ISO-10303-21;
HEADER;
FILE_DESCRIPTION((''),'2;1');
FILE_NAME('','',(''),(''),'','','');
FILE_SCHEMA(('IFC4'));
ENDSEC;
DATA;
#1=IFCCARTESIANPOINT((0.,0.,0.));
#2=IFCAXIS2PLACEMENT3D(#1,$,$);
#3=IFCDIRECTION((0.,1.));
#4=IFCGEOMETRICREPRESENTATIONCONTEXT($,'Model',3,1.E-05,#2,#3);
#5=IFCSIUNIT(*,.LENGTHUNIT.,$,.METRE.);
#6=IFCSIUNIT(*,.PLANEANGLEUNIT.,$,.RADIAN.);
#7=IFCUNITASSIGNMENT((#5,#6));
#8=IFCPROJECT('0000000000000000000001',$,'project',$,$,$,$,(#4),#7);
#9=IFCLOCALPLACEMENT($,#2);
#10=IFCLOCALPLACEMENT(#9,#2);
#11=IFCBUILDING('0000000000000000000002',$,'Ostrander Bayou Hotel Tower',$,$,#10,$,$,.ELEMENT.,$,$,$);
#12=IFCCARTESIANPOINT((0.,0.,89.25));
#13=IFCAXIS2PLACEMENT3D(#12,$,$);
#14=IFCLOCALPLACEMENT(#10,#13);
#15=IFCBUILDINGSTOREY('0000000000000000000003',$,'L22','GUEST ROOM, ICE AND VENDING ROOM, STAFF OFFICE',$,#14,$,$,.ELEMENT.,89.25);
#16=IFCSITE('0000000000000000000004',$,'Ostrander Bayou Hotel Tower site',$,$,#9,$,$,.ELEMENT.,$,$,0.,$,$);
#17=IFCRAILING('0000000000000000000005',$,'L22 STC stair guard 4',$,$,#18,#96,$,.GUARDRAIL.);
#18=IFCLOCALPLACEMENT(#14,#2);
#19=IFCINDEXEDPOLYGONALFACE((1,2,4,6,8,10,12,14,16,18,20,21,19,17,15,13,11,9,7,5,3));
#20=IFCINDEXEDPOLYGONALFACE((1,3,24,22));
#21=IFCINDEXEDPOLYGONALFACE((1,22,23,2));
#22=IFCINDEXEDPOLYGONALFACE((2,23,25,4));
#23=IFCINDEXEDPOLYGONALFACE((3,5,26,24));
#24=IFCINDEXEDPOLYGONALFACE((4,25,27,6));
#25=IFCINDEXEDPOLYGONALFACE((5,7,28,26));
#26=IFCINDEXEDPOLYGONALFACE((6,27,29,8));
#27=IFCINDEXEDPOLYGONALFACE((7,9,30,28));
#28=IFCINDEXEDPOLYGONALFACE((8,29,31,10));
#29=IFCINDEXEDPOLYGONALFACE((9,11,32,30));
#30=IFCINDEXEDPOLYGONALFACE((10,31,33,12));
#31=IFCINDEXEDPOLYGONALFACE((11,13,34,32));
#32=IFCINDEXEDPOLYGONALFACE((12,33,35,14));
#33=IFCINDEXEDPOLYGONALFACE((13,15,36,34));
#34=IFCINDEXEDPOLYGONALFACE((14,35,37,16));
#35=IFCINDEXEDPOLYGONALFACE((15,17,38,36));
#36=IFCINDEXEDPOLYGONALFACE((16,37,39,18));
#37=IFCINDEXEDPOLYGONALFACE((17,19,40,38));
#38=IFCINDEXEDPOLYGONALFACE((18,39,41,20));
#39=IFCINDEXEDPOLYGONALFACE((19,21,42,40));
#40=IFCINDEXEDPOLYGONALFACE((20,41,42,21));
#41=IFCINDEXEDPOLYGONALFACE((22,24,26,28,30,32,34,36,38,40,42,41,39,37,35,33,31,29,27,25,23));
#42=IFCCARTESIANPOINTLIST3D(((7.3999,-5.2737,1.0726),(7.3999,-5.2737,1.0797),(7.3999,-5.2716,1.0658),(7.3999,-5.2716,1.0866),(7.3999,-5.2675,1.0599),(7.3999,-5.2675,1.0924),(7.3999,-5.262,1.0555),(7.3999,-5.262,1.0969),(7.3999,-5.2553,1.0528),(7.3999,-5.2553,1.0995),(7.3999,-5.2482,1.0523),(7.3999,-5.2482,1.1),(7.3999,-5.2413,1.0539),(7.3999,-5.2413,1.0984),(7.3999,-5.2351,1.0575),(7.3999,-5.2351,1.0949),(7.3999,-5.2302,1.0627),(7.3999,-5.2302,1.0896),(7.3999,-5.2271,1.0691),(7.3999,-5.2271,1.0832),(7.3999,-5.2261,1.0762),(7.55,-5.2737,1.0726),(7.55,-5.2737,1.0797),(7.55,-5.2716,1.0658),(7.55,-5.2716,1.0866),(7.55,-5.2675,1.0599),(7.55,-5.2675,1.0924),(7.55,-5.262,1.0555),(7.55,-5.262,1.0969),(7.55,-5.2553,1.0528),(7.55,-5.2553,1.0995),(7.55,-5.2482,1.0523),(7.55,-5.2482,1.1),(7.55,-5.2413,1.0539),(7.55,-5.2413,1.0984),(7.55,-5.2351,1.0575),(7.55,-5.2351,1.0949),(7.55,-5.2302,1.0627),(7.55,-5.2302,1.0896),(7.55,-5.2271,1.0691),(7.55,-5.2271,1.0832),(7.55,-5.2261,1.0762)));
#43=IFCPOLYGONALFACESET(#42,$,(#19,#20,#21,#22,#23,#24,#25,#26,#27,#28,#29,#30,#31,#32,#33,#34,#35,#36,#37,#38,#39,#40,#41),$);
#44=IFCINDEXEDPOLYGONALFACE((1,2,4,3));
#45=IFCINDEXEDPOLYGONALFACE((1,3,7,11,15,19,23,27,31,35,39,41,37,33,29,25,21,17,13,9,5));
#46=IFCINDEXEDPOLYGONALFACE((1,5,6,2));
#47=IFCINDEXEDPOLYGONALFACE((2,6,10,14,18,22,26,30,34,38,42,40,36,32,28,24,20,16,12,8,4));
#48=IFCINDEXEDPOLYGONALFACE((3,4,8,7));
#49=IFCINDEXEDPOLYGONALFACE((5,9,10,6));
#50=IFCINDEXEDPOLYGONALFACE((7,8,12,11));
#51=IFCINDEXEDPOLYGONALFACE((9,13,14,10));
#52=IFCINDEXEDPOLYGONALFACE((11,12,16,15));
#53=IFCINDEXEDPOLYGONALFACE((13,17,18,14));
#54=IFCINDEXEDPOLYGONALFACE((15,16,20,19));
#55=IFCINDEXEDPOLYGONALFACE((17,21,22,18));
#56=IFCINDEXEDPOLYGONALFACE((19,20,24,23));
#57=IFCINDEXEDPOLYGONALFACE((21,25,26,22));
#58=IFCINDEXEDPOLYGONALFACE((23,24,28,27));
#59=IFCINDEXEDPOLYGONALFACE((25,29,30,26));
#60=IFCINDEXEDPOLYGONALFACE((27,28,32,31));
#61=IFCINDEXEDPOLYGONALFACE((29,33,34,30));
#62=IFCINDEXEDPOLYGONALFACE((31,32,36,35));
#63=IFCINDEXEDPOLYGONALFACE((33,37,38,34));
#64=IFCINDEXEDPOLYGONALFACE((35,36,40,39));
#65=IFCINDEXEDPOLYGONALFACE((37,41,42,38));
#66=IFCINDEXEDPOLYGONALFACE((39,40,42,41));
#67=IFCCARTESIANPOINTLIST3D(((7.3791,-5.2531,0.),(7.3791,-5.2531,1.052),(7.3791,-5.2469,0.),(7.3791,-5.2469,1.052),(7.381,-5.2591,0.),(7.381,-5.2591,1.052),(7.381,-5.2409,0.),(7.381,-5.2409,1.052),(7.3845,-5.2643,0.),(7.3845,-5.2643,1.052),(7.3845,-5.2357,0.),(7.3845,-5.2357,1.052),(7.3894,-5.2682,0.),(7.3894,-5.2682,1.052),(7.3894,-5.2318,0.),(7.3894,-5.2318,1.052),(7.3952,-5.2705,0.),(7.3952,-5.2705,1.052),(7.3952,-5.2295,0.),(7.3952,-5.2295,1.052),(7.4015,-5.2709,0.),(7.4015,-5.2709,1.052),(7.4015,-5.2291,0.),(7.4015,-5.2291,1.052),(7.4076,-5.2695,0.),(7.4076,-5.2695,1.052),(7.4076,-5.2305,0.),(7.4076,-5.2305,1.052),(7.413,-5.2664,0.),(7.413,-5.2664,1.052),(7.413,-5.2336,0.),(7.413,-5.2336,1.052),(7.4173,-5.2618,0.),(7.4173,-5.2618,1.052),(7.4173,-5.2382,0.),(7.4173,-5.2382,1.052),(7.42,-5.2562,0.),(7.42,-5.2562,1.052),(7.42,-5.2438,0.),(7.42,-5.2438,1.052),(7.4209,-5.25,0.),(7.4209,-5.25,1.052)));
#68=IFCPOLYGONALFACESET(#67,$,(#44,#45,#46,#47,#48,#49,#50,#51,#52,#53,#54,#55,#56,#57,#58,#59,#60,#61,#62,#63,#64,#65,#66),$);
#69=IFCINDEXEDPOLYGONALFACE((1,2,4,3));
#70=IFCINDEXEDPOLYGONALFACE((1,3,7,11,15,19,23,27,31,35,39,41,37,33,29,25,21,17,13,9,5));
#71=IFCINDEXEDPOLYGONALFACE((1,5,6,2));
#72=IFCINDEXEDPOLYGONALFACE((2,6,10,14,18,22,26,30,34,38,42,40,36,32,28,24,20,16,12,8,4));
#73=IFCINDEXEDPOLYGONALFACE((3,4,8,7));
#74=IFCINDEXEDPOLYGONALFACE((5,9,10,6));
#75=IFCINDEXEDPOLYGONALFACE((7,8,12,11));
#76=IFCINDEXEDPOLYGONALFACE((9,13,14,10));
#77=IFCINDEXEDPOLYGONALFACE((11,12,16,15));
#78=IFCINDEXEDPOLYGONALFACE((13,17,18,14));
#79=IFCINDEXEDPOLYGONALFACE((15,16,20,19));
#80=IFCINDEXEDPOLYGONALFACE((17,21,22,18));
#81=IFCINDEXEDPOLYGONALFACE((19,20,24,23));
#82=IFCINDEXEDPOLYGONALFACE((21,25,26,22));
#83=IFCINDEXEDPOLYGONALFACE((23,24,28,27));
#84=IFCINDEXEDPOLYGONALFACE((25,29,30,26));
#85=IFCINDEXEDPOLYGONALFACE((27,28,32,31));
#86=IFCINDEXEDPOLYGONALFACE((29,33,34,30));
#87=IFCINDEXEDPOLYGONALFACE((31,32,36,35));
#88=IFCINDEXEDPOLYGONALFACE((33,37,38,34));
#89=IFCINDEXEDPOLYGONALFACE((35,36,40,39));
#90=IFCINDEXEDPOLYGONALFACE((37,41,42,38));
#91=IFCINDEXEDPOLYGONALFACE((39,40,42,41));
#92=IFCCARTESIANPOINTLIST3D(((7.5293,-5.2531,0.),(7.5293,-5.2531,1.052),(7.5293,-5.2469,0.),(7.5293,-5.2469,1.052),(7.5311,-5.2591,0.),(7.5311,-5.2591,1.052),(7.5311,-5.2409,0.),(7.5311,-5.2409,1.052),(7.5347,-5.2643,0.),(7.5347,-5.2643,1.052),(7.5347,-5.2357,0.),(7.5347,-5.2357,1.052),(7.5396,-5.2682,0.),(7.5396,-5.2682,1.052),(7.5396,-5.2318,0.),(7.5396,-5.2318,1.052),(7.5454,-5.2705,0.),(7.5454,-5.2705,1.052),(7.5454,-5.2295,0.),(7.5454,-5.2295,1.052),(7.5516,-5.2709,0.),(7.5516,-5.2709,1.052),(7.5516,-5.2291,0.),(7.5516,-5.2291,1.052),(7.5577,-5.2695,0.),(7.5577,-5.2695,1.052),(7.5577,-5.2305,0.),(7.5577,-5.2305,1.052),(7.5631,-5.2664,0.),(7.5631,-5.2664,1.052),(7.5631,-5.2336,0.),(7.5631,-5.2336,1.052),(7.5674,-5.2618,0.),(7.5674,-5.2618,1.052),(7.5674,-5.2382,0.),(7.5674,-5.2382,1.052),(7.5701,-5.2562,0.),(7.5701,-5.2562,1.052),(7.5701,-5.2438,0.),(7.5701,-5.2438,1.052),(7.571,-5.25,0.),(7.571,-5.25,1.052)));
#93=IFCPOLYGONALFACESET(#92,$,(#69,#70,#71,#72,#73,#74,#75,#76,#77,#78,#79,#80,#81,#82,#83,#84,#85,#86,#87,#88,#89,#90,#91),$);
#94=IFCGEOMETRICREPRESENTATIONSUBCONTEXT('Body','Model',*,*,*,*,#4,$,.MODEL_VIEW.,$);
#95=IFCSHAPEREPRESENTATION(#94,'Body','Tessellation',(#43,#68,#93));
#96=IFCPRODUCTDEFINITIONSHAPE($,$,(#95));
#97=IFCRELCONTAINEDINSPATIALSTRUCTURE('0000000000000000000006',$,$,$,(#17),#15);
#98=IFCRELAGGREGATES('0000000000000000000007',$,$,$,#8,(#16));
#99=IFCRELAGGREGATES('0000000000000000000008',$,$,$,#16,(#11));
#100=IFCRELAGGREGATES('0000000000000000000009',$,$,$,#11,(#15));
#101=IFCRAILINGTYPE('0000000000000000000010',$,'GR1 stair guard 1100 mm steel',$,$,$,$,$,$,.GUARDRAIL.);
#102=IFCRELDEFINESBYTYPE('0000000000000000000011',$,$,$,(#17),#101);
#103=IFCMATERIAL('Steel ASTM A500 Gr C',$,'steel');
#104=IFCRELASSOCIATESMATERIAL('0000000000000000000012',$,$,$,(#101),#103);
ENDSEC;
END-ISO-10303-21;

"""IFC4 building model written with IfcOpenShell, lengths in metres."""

from ifc_helpers import new_model, si_unit, direction, frame, origin, origin_2d, place, context, subcontext, project, spatial, circle, extrude, material, type_object, element, save


model = new_model("IFC4")

# Units and contexts
model_context = context("Model", 3, precision=1e-05, world=origin(), true_north=direction((0.0, 1.0)))
body_context = subcontext(model_context, "Body", "Model", "MODEL_VIEW")
ifc_project = project(units=[si_unit("LENGTHUNIT", "METRE"), si_unit("PLANEANGLEUNIT", "RADIAN")], contexts=[model_context])

# Site, building, storey
site_placement = place(None, origin())
site = spatial("IfcSite", under=ifc_project, at=site_placement, Name="Ostrander Bayou Hotel Tower site", CompositionType="ELEMENT", RefElevation=0.0)
building_placement = place(site_placement, origin())
building = spatial("IfcBuilding", under=site, at=building_placement, Name="Ostrander Bayou Hotel Tower", CompositionType="ELEMENT")
storey_placement = place(building_placement, frame((0.0, 0.0, 89.25)))
storey = spatial("IfcBuildingStorey", under=building, at=storey_placement, Name="L22", Description="GUEST ROOM, ICE AND VENDING ROOM, STAFF OFFICE", CompositionType="ELEMENT", Elevation=89.25)

# Railing
ifc_material_1 = material(Name="Steel ASTM A500 Gr C", Category="steel")
railing_type_1 = type_object("IfcRailingType", Name="GR1 stair guard 1100 mm steel", PredefinedType="GUARDRAIL", material=ifc_material_1)
railing_1_placement = place(storey_placement, frame((7.3999, -5.25, 0.0)))
element("IfcRailing", 1, at=railing_1_placement, inside=storey, type_object=railing_type_1, Name="L22 STC stair guard 4", PredefinedType="GUARDRAIL", context=body_context, shape_type="SweptSolid", body=[
    extrude(circle(Radius=0.0239, at=origin_2d()), frame((0.0, 0.0, 1.0762), z_axis=(1.0, 0.0, 0.0), x_axis=(0.0, 1.0, 0.0)), (0.0, 0.0, 1.0), 0.1501),
    extrude(circle(Radius=0.021, at=origin_2d()), origin(), (0.0, 0.0, 1.0), 1.052),
    extrude(circle(Radius=0.021, at=origin_2d()), frame((0.1501, 0.0, 0.0)), (0.0, 0.0, 1.0), 1.052),
])

save(model, "model.ifc")
